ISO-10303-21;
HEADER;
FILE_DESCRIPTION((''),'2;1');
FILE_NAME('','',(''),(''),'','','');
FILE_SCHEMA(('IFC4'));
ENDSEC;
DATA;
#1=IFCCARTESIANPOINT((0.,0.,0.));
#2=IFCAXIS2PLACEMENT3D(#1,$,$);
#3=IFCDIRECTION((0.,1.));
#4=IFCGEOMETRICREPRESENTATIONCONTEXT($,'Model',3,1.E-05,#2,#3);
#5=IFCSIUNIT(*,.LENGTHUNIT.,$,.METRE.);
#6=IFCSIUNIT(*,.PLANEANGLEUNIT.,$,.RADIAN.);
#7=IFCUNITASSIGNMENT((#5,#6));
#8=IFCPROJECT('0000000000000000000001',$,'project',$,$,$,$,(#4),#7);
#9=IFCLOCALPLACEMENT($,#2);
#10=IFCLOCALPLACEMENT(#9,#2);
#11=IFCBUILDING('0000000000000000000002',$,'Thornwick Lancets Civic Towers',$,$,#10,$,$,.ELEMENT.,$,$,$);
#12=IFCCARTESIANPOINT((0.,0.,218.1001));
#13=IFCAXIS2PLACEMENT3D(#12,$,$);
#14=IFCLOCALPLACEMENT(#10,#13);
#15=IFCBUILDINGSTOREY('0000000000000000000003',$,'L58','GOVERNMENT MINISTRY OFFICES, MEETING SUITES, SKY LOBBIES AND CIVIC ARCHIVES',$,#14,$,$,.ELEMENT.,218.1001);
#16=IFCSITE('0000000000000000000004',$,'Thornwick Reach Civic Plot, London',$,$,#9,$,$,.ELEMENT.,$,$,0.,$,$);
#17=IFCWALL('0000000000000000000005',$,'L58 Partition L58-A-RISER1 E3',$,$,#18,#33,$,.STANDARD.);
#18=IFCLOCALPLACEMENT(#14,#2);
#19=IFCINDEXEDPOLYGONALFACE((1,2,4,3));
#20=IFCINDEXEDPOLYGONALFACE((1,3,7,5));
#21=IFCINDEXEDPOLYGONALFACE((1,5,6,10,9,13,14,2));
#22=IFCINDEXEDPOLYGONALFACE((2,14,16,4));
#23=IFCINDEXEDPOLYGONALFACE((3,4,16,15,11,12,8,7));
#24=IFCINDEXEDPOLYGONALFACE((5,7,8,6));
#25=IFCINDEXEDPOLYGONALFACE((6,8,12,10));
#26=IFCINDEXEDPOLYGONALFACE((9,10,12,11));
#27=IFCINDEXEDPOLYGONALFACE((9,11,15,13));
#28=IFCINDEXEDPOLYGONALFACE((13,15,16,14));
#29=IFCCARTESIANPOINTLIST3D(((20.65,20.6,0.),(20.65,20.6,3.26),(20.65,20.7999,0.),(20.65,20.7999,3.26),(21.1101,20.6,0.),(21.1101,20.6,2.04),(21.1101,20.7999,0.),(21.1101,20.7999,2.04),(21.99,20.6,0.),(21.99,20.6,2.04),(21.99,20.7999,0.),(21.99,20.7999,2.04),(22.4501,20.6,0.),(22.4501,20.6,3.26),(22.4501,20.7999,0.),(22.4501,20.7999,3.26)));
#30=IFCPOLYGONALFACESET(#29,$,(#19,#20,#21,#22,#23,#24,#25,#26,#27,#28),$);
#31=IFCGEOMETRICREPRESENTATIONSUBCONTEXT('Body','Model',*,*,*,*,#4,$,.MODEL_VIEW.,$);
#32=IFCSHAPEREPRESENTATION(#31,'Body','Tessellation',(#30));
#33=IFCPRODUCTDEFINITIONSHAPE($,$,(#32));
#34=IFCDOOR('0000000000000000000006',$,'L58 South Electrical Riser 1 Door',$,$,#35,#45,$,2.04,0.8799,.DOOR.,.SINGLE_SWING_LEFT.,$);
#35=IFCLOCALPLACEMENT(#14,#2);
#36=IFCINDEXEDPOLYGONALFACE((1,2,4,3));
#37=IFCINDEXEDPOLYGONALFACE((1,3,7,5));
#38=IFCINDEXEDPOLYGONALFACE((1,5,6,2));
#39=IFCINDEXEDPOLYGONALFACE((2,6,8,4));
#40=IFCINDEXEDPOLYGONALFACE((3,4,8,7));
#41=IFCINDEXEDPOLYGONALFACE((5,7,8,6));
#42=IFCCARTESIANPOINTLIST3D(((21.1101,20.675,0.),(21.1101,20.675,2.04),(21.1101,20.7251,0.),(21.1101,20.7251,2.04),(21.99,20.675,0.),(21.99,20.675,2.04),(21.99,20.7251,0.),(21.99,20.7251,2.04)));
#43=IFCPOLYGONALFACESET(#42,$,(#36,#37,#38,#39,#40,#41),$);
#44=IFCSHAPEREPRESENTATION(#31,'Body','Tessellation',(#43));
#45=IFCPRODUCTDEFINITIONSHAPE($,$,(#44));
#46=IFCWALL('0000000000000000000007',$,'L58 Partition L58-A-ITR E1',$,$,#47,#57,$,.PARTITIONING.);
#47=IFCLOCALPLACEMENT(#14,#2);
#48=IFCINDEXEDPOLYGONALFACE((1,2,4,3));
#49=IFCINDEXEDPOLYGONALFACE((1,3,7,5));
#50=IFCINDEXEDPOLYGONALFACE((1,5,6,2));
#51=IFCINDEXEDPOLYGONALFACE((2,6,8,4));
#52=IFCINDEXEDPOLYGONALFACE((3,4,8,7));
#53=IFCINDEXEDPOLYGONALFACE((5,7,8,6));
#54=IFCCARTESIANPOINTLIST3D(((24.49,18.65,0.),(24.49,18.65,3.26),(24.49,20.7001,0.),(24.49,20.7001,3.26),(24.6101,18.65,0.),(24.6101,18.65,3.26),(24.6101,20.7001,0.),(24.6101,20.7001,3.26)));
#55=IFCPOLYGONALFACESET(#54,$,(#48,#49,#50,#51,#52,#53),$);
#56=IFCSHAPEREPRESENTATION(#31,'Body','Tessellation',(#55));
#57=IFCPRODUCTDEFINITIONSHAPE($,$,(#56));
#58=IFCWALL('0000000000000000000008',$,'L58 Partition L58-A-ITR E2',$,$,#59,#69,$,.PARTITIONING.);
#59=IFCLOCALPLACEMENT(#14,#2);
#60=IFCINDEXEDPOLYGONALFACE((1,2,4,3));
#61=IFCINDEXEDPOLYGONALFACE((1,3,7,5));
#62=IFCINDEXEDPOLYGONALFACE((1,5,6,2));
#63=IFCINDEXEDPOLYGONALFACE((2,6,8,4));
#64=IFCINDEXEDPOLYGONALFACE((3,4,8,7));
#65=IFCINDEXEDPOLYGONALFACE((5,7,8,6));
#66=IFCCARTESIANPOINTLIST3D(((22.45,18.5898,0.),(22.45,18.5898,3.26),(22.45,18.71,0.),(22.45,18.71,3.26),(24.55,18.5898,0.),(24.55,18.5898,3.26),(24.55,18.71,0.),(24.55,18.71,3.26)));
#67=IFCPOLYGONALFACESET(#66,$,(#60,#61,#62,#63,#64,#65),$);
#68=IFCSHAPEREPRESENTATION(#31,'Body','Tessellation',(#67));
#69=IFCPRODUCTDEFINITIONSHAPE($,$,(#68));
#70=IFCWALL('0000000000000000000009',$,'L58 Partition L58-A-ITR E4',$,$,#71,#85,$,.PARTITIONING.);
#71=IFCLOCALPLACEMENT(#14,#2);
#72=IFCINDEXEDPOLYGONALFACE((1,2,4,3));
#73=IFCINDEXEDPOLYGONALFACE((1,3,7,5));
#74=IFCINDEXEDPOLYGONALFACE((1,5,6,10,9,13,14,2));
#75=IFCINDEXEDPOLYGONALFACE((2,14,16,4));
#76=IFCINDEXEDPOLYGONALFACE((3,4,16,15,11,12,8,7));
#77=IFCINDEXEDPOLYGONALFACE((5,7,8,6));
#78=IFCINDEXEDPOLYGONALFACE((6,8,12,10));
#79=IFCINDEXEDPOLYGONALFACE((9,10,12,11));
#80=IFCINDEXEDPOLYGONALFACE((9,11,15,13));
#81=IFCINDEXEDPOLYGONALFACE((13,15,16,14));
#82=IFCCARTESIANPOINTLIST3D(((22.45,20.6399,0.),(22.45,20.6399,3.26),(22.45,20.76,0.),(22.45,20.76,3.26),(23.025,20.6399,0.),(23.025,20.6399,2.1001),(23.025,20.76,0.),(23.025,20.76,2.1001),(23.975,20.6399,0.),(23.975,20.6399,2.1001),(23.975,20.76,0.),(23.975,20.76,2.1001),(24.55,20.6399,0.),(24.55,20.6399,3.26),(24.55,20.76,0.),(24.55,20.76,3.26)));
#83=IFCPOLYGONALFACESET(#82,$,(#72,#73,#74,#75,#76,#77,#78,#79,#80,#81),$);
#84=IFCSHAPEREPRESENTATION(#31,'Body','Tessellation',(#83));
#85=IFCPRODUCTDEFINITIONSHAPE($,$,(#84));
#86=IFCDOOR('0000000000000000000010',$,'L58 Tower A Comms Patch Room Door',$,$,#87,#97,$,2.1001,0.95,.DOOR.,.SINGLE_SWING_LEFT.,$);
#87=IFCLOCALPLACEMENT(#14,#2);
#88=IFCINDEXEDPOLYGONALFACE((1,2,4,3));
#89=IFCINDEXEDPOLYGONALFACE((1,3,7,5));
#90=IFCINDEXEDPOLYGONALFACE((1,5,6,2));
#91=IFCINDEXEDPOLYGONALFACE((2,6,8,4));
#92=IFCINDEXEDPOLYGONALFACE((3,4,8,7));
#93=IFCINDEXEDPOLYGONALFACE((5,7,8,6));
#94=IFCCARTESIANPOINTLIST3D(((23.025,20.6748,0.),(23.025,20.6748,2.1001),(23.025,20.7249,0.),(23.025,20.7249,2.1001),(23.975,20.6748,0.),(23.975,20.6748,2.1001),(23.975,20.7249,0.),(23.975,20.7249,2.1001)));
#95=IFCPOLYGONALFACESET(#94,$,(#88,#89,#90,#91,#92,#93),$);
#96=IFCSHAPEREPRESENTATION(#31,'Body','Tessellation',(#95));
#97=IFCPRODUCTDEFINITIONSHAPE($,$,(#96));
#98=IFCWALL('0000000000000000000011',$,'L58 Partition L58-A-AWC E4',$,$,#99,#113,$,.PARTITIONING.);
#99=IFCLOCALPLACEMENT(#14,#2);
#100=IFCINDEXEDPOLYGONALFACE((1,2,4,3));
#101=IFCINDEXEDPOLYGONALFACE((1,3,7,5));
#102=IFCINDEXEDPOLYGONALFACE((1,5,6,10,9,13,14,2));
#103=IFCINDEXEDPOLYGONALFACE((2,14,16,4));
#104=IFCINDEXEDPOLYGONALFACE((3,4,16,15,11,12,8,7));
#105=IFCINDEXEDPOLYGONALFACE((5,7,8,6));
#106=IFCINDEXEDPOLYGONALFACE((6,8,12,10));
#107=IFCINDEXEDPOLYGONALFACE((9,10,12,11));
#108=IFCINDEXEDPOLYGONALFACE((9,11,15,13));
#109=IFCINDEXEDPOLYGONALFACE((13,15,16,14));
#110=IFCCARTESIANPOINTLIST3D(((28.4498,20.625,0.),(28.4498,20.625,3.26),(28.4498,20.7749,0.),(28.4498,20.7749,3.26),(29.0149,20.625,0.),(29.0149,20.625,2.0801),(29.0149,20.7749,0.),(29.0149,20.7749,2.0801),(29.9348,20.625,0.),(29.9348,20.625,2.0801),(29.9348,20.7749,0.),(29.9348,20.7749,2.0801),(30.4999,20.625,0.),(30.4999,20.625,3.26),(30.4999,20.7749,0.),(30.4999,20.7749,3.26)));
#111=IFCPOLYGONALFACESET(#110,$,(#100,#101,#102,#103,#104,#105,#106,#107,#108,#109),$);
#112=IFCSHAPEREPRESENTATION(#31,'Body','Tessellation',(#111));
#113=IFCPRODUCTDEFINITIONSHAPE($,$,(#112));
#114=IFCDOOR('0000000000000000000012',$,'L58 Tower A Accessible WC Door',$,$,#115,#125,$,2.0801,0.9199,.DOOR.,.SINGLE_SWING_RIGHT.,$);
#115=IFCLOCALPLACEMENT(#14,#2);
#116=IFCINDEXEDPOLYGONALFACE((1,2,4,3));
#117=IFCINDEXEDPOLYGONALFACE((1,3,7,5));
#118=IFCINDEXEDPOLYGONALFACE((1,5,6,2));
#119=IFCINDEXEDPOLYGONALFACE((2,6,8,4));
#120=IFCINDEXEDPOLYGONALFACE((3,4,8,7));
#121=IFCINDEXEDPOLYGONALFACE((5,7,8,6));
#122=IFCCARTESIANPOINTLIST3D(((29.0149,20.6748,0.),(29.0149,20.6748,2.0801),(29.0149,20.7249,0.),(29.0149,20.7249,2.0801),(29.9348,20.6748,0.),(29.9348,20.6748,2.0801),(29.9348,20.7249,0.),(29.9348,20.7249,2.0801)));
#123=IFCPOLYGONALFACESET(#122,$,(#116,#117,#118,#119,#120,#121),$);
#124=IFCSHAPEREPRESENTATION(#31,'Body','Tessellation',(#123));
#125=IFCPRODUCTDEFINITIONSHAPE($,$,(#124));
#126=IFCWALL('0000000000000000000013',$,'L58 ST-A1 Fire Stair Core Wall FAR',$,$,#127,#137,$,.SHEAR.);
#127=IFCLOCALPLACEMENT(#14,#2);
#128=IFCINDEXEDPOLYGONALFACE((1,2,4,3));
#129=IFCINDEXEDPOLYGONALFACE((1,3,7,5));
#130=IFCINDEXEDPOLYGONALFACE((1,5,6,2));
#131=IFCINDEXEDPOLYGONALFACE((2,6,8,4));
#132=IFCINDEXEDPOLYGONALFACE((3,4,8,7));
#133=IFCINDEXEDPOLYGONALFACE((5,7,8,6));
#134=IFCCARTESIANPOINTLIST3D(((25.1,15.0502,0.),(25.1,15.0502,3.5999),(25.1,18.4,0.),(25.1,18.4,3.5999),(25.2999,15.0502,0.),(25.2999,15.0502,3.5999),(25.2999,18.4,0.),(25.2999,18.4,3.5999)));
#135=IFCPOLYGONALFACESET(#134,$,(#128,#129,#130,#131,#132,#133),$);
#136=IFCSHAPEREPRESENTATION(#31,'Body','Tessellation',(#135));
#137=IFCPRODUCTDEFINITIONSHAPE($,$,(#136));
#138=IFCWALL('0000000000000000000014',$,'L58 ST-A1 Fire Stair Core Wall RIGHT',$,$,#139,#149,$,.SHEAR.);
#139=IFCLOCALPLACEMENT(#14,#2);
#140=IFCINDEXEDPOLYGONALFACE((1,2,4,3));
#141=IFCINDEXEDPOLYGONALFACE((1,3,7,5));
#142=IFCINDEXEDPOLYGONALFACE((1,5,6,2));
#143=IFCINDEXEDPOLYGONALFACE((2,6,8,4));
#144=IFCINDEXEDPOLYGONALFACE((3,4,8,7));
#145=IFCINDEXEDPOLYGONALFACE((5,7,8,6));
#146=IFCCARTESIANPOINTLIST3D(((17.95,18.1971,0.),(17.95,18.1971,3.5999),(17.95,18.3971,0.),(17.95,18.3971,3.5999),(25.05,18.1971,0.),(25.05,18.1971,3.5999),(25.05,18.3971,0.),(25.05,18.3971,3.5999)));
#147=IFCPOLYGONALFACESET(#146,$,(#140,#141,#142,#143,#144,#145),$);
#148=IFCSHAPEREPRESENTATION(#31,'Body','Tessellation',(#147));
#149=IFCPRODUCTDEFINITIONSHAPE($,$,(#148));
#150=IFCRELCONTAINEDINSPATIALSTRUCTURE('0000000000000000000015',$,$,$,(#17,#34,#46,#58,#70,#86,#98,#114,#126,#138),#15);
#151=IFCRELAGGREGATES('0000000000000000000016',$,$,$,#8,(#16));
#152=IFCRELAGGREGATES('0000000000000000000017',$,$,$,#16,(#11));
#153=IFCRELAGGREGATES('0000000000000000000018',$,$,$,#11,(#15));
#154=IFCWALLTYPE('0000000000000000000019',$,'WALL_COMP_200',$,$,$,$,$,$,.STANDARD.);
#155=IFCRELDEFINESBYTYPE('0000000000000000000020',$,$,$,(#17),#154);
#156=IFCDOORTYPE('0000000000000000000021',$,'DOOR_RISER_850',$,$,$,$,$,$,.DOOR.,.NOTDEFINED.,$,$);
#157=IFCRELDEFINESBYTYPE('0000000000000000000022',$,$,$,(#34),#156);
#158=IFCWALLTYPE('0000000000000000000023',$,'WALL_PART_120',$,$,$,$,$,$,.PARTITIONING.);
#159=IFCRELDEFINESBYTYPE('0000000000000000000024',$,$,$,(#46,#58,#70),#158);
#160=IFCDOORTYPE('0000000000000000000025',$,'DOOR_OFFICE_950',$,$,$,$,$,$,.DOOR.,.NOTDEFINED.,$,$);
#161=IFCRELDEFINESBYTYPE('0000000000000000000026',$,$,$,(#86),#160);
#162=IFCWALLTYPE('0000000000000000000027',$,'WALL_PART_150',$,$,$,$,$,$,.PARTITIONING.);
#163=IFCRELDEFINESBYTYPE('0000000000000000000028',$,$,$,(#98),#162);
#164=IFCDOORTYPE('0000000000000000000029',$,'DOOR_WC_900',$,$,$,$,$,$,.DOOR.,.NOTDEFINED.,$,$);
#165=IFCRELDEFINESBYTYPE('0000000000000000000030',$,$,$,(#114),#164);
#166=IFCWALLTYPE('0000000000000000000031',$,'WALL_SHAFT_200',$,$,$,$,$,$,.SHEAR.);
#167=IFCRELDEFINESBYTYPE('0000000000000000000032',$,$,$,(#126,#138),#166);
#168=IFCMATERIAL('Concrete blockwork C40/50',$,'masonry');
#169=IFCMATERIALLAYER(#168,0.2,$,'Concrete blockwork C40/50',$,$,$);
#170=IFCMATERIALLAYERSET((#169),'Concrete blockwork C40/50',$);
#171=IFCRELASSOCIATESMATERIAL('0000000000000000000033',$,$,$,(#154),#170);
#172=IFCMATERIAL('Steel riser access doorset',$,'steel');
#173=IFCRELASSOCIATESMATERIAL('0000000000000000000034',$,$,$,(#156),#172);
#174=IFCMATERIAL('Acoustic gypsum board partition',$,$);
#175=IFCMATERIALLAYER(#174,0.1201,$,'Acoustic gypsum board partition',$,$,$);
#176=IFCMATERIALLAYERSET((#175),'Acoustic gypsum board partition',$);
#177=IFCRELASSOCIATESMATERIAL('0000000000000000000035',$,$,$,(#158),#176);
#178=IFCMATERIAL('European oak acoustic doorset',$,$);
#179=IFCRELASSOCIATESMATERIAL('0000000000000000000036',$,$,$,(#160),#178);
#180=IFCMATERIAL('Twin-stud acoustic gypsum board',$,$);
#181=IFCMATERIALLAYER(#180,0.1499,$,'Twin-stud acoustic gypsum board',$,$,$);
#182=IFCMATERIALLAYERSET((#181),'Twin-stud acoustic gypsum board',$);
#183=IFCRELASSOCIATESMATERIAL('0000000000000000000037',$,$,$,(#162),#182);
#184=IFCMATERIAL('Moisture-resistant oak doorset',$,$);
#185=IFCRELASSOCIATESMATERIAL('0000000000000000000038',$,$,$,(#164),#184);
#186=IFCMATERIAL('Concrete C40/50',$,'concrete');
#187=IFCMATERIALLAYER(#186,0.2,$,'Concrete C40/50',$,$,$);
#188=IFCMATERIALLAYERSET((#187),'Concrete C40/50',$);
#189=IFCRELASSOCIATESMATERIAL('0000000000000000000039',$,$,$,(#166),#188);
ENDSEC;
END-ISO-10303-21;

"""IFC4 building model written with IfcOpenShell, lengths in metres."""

from ifc_helpers import new_model, si_unit, direction, frame, frame_2d, origin, place, context, subcontext, project, spatial, rectangle, extrude, material, layer, layer_set, type_object, element, fill, save


model = new_model("IFC4")

# Units and contexts
model_context = context("Model", 3, precision=1e-05, world=origin(), true_north=direction((0.0, 1.0)))
body_context = subcontext(model_context, "Body", "Model", "MODEL_VIEW")
ifc_project = project(units=[si_unit("LENGTHUNIT", "METRE"), si_unit("PLANEANGLEUNIT", "RADIAN")], contexts=[model_context])

# Site, building, storey
site_placement = place(None, origin())
site = spatial("IfcSite", under=ifc_project, at=site_placement, Name="Thornwick Reach Civic Plot, London", CompositionType="ELEMENT", RefElevation=0.0)
building_placement = place(site_placement, origin())
building = spatial("IfcBuilding", under=site, at=building_placement, Name="Thornwick Lancets Civic Towers", CompositionType="ELEMENT")
storey_placement = place(building_placement, frame((0.0, 0.0, 218.1001)))
storey = spatial("IfcBuildingStorey", under=building, at=storey_placement, Name="L58", Description="GOVERNMENT MINISTRY OFFICES, MEETING SUITES, SKY LOBBIES AND CIVIC ARCHIVES", CompositionType="ELEMENT", Elevation=218.1001)

# Shared definitions
ifc_material_1 = material(Name="Concrete C40/50", Category="concrete")

# Shared definitions
ifc_material_2 = material(Name="Concrete blockwork C40/50", Category="masonry")
ifc_layer_1 = layer(ifc_material_2, 0.2, Name="Concrete blockwork C40/50")
ifc_layer_set_1 = layer_set([ifc_layer_1], Name="Concrete blockwork C40/50")
wall_type_1 = type_object("IfcWallType", Name="WALL_COMP_200", PredefinedType="STANDARD", material=ifc_layer_set_1)

# Shared definitions
ifc_material_3 = material(Name="Steel riser access doorset", Category="steel")
door_type_1 = type_object("IfcDoorType", Name="DOOR_RISER_850", OperationType="NOTDEFINED", PredefinedType="DOOR", material=ifc_material_3)

# Wall, opening, door
wall_1_placement = place(storey_placement, frame((22.45, 20.7, 0.0), z_axis=(0.0, 0.0, 1.0), x_axis=(-1.0, 0.0, 0.0)))
wall_1 = element("IfcWall", 1, at=wall_1_placement, inside=storey, type_object=wall_type_1, Name="L58 Partition L58-A-RISER1 E3", PredefinedType="STANDARD", context=body_context, shape_type="SweptSolid", body=[
    extrude(rectangle(XDim=1.8, YDim=0.2, at=frame_2d((0.8999, 0.0))), origin(), (0.0, 0.0, 1.0), 3.26),
])
opening_1_placement = place(wall_1_placement, frame((0.46, 0.0, 0.0)))
opening_1 = element("IfcOpeningElement", 2, at=opening_1_placement, cuts=wall_1, PredefinedType="OPENING", context=body_context, shape_type="SweptSolid", body=[
    extrude(rectangle(XDim=0.8799, YDim=2.04, at=frame_2d((0.4399, 1.02))), frame((0.0, 0.1099, 0.0), z_axis=(0.0, -1.0, 0.0), x_axis=(1.0, 0.0, 0.0)), (0.0, 0.0, 1.0), 0.22),
])
door_1_placement = place(opening_1_placement, origin())
door_1 = element("IfcDoor", 3, at=door_1_placement, inside=storey, type_object=door_type_1, Name="L58 South Electrical Riser 1 Door", OperationType="SINGLE_SWING_LEFT", OverallHeight=2.04, OverallWidth=0.8799, PredefinedType="DOOR", context=body_context, shape_type="SweptSolid", body=[
    extrude(rectangle(XDim=0.8799, YDim=2.04, at=frame_2d((0.4399, 1.02))), frame((0.0, 0.0249, 0.0), z_axis=(0.0, -1.0, 0.0), x_axis=(1.0, 0.0, 0.0)), (0.0, 0.0, 1.0), 0.05),
])
fill(opening_1, door_1)

# Walls
ifc_material_4 = material(Name="Acoustic gypsum board partition")
ifc_layer_2 = layer(ifc_material_4, 0.1201, Name="Acoustic gypsum board partition")
ifc_layer_set_2 = layer_set([ifc_layer_2], Name="Acoustic gypsum board partition")
wall_type_2 = type_object("IfcWallType", Name="WALL_PART_120", PredefinedType="PARTITIONING", material=ifc_layer_set_2)
wall_2_placement = place(storey_placement, frame((24.55, 20.7, 0.0), z_axis=(0.0, 0.0, 1.0), x_axis=(0.0, -1.0, 0.0)))
element("IfcWall", 4, at=wall_2_placement, inside=storey, type_object=wall_type_2, Name="L58 Partition L58-A-ITR E1", PredefinedType="PARTITIONING", context=body_context, shape_type="SweptSolid", body=[
    extrude(rectangle(XDim=2.05, YDim=0.1201, at=frame_2d((1.0249, 0.0))), origin(), (0.0, 0.0, 1.0), 3.26),
])
wall_3_placement = place(storey_placement, frame((24.55, 18.6499, 0.0), z_axis=(0.0, 0.0, 1.0), x_axis=(-1.0, 0.0, 0.0)))
element("IfcWall", 5, at=wall_3_placement, inside=storey, type_object=wall_type_2, Name="L58 Partition L58-A-ITR E2", PredefinedType="PARTITIONING", context=body_context, shape_type="SweptSolid", body=[
    extrude(rectangle(XDim=2.1001, YDim=0.1201, at=frame_2d((1.05, 0.0))), origin(), (0.0, 0.0, 1.0), 3.26),
])

# Walls, openings, doors
wall_4_placement = place(storey_placement, frame((22.45, 20.7, 0.0), z_axis=(0.0, 0.0, 1.0), x_axis=(1.0, 0.0, 0.0)))
wall_4 = element("IfcWall", 6, at=wall_4_placement, inside=storey, type_object=wall_type_2, Name="L58 Partition L58-A-ITR E4", PredefinedType="PARTITIONING", context=body_context, shape_type="SweptSolid", body=[
    extrude(rectangle(XDim=2.1001, YDim=0.1201, at=frame_2d((1.05, 0.0))), origin(), (0.0, 0.0, 1.0), 3.26),
])
opening_2_placement = place(wall_4_placement, frame((0.575, 0.0, 0.0)))
opening_2 = element("IfcOpeningElement", 7, at=opening_2_placement, cuts=wall_4, PredefinedType="OPENING", context=body_context, shape_type="SweptSolid", body=[
    extrude(rectangle(XDim=0.95, YDim=2.1001, at=frame_2d((0.4751, 1.05))), frame((0.0, 0.0701, 0.0), z_axis=(0.0, -1.0, 0.0), x_axis=(1.0, 0.0, 0.0)), (0.0, 0.0, 1.0), 0.1401),
])
ifc_material_5 = material(Name="European oak acoustic doorset")
door_type_2 = type_object("IfcDoorType", Name="DOOR_OFFICE_950", OperationType="NOTDEFINED", PredefinedType="DOOR", material=ifc_material_5)
door_2_placement = place(opening_2_placement, origin())
door_2 = element("IfcDoor", 8, at=door_2_placement, inside=storey, type_object=door_type_2, Name="L58 Tower A Comms Patch Room Door", OperationType="SINGLE_SWING_LEFT", OverallHeight=2.1001, OverallWidth=0.95, PredefinedType="DOOR", context=body_context, shape_type="SweptSolid", body=[
    extrude(rectangle(XDim=0.95, YDim=2.1001, at=frame_2d((0.4751, 1.05))), frame((0.0, 0.0249, 0.0), z_axis=(0.0, -1.0, 0.0), x_axis=(1.0, 0.0, 0.0)), (0.0, 0.0, 1.0), 0.05),
])
fill(opening_2, door_2)
ifc_material_6 = material(Name="Twin-stud acoustic gypsum board")
ifc_layer_3 = layer(ifc_material_6, 0.1499, Name="Twin-stud acoustic gypsum board")
ifc_layer_set_3 = layer_set([ifc_layer_3], Name="Twin-stud acoustic gypsum board")
wall_type_3 = type_object("IfcWallType", Name="WALL_PART_150", PredefinedType="PARTITIONING", material=ifc_layer_set_3)
wall_5_placement = place(storey_placement, frame((28.45, 20.7, 0.0), z_axis=(0.0, 0.0, 1.0), x_axis=(1.0, 0.0, 0.0)))
wall_5 = element("IfcWall", 9, at=wall_5_placement, inside=storey, type_object=wall_type_3, Name="L58 Partition L58-A-AWC E4", PredefinedType="PARTITIONING", context=body_context, shape_type="SweptSolid", body=[
    extrude(rectangle(XDim=2.05, YDim=0.1499, at=frame_2d((1.0249, 0.0))), origin(), (0.0, 0.0, 1.0), 3.26),
])
opening_3_placement = place(wall_5_placement, frame((0.5649, 0.0, 0.0)))
opening_3 = element("IfcOpeningElement", 10, at=opening_3_placement, cuts=wall_5, PredefinedType="OPENING", context=body_context, shape_type="SweptSolid", body=[
    extrude(rectangle(XDim=0.9199, YDim=2.0801, at=frame_2d((0.46, 1.04))), frame((0.0, 0.085, 0.0), z_axis=(0.0, -1.0, 0.0), x_axis=(1.0, 0.0, 0.0)), (0.0, 0.0, 1.0), 0.1699),
])
ifc_material_7 = material(Name="Moisture-resistant oak doorset")
door_type_3 = type_object("IfcDoorType", Name="DOOR_WC_900", OperationType="NOTDEFINED", PredefinedType="DOOR", material=ifc_material_7)
door_3_placement = place(opening_3_placement, origin())
door_3 = element("IfcDoor", 11, at=door_3_placement, inside=storey, type_object=door_type_3, Name="L58 Tower A Accessible WC Door", OperationType="SINGLE_SWING_RIGHT", OverallHeight=2.0801, OverallWidth=0.9199, PredefinedType="DOOR", context=body_context, shape_type="SweptSolid", body=[
    extrude(rectangle(XDim=0.9199, YDim=2.0801, at=frame_2d((0.46, 1.04))), frame((0.0, 0.0249, 0.0), z_axis=(0.0, -1.0, 0.0), x_axis=(1.0, 0.0, 0.0)), (0.0, 0.0, 1.0), 0.05),
])
fill(opening_3, door_3)

# Walls
ifc_layer_4 = layer(ifc_material_1, 0.2, Name="Concrete C40/50")
ifc_layer_set_4 = layer_set([ifc_layer_4], Name="Concrete C40/50")
wall_type_4 = type_object("IfcWallType", Name="WALL_SHAFT_200", PredefinedType="SHEAR", material=ifc_layer_set_4)
wall_6_placement = place(storey_placement, frame((25.2, 18.3999, 0.0), z_axis=(0.0, 0.0, 1.0), x_axis=(0.0, -1.0, 0.0)))
element("IfcWall", 12, at=wall_6_placement, inside=storey, type_object=wall_type_4, Name="L58 ST-A1 Fire Stair Core Wall FAR", PredefinedType="SHEAR", context=body_context, shape_type="SweptSolid", body=[
    extrude(rectangle(XDim=3.3499, YDim=0.2, at=frame_2d((1.6748, 0.0))), origin(), (0.0, 0.0, 1.0), 3.5999),
])
wall_7_placement = place(storey_placement, frame((25.05, 18.2971, 0.0), z_axis=(0.0, 0.0, 1.0), x_axis=(-1.0, 0.0, 0.0)))
element("IfcWall", 13, at=wall_7_placement, inside=storey, type_object=wall_type_4, Name="L58 ST-A1 Fire Stair Core Wall RIGHT", PredefinedType="SHEAR", context=body_context, shape_type="SweptSolid", body=[
    extrude(rectangle(XDim=7.1001, YDim=0.2, at=frame_2d((3.55, 0.0))), origin(), (0.0, 0.0, 1.0), 3.5999),
])

save(model, "model.ifc")
